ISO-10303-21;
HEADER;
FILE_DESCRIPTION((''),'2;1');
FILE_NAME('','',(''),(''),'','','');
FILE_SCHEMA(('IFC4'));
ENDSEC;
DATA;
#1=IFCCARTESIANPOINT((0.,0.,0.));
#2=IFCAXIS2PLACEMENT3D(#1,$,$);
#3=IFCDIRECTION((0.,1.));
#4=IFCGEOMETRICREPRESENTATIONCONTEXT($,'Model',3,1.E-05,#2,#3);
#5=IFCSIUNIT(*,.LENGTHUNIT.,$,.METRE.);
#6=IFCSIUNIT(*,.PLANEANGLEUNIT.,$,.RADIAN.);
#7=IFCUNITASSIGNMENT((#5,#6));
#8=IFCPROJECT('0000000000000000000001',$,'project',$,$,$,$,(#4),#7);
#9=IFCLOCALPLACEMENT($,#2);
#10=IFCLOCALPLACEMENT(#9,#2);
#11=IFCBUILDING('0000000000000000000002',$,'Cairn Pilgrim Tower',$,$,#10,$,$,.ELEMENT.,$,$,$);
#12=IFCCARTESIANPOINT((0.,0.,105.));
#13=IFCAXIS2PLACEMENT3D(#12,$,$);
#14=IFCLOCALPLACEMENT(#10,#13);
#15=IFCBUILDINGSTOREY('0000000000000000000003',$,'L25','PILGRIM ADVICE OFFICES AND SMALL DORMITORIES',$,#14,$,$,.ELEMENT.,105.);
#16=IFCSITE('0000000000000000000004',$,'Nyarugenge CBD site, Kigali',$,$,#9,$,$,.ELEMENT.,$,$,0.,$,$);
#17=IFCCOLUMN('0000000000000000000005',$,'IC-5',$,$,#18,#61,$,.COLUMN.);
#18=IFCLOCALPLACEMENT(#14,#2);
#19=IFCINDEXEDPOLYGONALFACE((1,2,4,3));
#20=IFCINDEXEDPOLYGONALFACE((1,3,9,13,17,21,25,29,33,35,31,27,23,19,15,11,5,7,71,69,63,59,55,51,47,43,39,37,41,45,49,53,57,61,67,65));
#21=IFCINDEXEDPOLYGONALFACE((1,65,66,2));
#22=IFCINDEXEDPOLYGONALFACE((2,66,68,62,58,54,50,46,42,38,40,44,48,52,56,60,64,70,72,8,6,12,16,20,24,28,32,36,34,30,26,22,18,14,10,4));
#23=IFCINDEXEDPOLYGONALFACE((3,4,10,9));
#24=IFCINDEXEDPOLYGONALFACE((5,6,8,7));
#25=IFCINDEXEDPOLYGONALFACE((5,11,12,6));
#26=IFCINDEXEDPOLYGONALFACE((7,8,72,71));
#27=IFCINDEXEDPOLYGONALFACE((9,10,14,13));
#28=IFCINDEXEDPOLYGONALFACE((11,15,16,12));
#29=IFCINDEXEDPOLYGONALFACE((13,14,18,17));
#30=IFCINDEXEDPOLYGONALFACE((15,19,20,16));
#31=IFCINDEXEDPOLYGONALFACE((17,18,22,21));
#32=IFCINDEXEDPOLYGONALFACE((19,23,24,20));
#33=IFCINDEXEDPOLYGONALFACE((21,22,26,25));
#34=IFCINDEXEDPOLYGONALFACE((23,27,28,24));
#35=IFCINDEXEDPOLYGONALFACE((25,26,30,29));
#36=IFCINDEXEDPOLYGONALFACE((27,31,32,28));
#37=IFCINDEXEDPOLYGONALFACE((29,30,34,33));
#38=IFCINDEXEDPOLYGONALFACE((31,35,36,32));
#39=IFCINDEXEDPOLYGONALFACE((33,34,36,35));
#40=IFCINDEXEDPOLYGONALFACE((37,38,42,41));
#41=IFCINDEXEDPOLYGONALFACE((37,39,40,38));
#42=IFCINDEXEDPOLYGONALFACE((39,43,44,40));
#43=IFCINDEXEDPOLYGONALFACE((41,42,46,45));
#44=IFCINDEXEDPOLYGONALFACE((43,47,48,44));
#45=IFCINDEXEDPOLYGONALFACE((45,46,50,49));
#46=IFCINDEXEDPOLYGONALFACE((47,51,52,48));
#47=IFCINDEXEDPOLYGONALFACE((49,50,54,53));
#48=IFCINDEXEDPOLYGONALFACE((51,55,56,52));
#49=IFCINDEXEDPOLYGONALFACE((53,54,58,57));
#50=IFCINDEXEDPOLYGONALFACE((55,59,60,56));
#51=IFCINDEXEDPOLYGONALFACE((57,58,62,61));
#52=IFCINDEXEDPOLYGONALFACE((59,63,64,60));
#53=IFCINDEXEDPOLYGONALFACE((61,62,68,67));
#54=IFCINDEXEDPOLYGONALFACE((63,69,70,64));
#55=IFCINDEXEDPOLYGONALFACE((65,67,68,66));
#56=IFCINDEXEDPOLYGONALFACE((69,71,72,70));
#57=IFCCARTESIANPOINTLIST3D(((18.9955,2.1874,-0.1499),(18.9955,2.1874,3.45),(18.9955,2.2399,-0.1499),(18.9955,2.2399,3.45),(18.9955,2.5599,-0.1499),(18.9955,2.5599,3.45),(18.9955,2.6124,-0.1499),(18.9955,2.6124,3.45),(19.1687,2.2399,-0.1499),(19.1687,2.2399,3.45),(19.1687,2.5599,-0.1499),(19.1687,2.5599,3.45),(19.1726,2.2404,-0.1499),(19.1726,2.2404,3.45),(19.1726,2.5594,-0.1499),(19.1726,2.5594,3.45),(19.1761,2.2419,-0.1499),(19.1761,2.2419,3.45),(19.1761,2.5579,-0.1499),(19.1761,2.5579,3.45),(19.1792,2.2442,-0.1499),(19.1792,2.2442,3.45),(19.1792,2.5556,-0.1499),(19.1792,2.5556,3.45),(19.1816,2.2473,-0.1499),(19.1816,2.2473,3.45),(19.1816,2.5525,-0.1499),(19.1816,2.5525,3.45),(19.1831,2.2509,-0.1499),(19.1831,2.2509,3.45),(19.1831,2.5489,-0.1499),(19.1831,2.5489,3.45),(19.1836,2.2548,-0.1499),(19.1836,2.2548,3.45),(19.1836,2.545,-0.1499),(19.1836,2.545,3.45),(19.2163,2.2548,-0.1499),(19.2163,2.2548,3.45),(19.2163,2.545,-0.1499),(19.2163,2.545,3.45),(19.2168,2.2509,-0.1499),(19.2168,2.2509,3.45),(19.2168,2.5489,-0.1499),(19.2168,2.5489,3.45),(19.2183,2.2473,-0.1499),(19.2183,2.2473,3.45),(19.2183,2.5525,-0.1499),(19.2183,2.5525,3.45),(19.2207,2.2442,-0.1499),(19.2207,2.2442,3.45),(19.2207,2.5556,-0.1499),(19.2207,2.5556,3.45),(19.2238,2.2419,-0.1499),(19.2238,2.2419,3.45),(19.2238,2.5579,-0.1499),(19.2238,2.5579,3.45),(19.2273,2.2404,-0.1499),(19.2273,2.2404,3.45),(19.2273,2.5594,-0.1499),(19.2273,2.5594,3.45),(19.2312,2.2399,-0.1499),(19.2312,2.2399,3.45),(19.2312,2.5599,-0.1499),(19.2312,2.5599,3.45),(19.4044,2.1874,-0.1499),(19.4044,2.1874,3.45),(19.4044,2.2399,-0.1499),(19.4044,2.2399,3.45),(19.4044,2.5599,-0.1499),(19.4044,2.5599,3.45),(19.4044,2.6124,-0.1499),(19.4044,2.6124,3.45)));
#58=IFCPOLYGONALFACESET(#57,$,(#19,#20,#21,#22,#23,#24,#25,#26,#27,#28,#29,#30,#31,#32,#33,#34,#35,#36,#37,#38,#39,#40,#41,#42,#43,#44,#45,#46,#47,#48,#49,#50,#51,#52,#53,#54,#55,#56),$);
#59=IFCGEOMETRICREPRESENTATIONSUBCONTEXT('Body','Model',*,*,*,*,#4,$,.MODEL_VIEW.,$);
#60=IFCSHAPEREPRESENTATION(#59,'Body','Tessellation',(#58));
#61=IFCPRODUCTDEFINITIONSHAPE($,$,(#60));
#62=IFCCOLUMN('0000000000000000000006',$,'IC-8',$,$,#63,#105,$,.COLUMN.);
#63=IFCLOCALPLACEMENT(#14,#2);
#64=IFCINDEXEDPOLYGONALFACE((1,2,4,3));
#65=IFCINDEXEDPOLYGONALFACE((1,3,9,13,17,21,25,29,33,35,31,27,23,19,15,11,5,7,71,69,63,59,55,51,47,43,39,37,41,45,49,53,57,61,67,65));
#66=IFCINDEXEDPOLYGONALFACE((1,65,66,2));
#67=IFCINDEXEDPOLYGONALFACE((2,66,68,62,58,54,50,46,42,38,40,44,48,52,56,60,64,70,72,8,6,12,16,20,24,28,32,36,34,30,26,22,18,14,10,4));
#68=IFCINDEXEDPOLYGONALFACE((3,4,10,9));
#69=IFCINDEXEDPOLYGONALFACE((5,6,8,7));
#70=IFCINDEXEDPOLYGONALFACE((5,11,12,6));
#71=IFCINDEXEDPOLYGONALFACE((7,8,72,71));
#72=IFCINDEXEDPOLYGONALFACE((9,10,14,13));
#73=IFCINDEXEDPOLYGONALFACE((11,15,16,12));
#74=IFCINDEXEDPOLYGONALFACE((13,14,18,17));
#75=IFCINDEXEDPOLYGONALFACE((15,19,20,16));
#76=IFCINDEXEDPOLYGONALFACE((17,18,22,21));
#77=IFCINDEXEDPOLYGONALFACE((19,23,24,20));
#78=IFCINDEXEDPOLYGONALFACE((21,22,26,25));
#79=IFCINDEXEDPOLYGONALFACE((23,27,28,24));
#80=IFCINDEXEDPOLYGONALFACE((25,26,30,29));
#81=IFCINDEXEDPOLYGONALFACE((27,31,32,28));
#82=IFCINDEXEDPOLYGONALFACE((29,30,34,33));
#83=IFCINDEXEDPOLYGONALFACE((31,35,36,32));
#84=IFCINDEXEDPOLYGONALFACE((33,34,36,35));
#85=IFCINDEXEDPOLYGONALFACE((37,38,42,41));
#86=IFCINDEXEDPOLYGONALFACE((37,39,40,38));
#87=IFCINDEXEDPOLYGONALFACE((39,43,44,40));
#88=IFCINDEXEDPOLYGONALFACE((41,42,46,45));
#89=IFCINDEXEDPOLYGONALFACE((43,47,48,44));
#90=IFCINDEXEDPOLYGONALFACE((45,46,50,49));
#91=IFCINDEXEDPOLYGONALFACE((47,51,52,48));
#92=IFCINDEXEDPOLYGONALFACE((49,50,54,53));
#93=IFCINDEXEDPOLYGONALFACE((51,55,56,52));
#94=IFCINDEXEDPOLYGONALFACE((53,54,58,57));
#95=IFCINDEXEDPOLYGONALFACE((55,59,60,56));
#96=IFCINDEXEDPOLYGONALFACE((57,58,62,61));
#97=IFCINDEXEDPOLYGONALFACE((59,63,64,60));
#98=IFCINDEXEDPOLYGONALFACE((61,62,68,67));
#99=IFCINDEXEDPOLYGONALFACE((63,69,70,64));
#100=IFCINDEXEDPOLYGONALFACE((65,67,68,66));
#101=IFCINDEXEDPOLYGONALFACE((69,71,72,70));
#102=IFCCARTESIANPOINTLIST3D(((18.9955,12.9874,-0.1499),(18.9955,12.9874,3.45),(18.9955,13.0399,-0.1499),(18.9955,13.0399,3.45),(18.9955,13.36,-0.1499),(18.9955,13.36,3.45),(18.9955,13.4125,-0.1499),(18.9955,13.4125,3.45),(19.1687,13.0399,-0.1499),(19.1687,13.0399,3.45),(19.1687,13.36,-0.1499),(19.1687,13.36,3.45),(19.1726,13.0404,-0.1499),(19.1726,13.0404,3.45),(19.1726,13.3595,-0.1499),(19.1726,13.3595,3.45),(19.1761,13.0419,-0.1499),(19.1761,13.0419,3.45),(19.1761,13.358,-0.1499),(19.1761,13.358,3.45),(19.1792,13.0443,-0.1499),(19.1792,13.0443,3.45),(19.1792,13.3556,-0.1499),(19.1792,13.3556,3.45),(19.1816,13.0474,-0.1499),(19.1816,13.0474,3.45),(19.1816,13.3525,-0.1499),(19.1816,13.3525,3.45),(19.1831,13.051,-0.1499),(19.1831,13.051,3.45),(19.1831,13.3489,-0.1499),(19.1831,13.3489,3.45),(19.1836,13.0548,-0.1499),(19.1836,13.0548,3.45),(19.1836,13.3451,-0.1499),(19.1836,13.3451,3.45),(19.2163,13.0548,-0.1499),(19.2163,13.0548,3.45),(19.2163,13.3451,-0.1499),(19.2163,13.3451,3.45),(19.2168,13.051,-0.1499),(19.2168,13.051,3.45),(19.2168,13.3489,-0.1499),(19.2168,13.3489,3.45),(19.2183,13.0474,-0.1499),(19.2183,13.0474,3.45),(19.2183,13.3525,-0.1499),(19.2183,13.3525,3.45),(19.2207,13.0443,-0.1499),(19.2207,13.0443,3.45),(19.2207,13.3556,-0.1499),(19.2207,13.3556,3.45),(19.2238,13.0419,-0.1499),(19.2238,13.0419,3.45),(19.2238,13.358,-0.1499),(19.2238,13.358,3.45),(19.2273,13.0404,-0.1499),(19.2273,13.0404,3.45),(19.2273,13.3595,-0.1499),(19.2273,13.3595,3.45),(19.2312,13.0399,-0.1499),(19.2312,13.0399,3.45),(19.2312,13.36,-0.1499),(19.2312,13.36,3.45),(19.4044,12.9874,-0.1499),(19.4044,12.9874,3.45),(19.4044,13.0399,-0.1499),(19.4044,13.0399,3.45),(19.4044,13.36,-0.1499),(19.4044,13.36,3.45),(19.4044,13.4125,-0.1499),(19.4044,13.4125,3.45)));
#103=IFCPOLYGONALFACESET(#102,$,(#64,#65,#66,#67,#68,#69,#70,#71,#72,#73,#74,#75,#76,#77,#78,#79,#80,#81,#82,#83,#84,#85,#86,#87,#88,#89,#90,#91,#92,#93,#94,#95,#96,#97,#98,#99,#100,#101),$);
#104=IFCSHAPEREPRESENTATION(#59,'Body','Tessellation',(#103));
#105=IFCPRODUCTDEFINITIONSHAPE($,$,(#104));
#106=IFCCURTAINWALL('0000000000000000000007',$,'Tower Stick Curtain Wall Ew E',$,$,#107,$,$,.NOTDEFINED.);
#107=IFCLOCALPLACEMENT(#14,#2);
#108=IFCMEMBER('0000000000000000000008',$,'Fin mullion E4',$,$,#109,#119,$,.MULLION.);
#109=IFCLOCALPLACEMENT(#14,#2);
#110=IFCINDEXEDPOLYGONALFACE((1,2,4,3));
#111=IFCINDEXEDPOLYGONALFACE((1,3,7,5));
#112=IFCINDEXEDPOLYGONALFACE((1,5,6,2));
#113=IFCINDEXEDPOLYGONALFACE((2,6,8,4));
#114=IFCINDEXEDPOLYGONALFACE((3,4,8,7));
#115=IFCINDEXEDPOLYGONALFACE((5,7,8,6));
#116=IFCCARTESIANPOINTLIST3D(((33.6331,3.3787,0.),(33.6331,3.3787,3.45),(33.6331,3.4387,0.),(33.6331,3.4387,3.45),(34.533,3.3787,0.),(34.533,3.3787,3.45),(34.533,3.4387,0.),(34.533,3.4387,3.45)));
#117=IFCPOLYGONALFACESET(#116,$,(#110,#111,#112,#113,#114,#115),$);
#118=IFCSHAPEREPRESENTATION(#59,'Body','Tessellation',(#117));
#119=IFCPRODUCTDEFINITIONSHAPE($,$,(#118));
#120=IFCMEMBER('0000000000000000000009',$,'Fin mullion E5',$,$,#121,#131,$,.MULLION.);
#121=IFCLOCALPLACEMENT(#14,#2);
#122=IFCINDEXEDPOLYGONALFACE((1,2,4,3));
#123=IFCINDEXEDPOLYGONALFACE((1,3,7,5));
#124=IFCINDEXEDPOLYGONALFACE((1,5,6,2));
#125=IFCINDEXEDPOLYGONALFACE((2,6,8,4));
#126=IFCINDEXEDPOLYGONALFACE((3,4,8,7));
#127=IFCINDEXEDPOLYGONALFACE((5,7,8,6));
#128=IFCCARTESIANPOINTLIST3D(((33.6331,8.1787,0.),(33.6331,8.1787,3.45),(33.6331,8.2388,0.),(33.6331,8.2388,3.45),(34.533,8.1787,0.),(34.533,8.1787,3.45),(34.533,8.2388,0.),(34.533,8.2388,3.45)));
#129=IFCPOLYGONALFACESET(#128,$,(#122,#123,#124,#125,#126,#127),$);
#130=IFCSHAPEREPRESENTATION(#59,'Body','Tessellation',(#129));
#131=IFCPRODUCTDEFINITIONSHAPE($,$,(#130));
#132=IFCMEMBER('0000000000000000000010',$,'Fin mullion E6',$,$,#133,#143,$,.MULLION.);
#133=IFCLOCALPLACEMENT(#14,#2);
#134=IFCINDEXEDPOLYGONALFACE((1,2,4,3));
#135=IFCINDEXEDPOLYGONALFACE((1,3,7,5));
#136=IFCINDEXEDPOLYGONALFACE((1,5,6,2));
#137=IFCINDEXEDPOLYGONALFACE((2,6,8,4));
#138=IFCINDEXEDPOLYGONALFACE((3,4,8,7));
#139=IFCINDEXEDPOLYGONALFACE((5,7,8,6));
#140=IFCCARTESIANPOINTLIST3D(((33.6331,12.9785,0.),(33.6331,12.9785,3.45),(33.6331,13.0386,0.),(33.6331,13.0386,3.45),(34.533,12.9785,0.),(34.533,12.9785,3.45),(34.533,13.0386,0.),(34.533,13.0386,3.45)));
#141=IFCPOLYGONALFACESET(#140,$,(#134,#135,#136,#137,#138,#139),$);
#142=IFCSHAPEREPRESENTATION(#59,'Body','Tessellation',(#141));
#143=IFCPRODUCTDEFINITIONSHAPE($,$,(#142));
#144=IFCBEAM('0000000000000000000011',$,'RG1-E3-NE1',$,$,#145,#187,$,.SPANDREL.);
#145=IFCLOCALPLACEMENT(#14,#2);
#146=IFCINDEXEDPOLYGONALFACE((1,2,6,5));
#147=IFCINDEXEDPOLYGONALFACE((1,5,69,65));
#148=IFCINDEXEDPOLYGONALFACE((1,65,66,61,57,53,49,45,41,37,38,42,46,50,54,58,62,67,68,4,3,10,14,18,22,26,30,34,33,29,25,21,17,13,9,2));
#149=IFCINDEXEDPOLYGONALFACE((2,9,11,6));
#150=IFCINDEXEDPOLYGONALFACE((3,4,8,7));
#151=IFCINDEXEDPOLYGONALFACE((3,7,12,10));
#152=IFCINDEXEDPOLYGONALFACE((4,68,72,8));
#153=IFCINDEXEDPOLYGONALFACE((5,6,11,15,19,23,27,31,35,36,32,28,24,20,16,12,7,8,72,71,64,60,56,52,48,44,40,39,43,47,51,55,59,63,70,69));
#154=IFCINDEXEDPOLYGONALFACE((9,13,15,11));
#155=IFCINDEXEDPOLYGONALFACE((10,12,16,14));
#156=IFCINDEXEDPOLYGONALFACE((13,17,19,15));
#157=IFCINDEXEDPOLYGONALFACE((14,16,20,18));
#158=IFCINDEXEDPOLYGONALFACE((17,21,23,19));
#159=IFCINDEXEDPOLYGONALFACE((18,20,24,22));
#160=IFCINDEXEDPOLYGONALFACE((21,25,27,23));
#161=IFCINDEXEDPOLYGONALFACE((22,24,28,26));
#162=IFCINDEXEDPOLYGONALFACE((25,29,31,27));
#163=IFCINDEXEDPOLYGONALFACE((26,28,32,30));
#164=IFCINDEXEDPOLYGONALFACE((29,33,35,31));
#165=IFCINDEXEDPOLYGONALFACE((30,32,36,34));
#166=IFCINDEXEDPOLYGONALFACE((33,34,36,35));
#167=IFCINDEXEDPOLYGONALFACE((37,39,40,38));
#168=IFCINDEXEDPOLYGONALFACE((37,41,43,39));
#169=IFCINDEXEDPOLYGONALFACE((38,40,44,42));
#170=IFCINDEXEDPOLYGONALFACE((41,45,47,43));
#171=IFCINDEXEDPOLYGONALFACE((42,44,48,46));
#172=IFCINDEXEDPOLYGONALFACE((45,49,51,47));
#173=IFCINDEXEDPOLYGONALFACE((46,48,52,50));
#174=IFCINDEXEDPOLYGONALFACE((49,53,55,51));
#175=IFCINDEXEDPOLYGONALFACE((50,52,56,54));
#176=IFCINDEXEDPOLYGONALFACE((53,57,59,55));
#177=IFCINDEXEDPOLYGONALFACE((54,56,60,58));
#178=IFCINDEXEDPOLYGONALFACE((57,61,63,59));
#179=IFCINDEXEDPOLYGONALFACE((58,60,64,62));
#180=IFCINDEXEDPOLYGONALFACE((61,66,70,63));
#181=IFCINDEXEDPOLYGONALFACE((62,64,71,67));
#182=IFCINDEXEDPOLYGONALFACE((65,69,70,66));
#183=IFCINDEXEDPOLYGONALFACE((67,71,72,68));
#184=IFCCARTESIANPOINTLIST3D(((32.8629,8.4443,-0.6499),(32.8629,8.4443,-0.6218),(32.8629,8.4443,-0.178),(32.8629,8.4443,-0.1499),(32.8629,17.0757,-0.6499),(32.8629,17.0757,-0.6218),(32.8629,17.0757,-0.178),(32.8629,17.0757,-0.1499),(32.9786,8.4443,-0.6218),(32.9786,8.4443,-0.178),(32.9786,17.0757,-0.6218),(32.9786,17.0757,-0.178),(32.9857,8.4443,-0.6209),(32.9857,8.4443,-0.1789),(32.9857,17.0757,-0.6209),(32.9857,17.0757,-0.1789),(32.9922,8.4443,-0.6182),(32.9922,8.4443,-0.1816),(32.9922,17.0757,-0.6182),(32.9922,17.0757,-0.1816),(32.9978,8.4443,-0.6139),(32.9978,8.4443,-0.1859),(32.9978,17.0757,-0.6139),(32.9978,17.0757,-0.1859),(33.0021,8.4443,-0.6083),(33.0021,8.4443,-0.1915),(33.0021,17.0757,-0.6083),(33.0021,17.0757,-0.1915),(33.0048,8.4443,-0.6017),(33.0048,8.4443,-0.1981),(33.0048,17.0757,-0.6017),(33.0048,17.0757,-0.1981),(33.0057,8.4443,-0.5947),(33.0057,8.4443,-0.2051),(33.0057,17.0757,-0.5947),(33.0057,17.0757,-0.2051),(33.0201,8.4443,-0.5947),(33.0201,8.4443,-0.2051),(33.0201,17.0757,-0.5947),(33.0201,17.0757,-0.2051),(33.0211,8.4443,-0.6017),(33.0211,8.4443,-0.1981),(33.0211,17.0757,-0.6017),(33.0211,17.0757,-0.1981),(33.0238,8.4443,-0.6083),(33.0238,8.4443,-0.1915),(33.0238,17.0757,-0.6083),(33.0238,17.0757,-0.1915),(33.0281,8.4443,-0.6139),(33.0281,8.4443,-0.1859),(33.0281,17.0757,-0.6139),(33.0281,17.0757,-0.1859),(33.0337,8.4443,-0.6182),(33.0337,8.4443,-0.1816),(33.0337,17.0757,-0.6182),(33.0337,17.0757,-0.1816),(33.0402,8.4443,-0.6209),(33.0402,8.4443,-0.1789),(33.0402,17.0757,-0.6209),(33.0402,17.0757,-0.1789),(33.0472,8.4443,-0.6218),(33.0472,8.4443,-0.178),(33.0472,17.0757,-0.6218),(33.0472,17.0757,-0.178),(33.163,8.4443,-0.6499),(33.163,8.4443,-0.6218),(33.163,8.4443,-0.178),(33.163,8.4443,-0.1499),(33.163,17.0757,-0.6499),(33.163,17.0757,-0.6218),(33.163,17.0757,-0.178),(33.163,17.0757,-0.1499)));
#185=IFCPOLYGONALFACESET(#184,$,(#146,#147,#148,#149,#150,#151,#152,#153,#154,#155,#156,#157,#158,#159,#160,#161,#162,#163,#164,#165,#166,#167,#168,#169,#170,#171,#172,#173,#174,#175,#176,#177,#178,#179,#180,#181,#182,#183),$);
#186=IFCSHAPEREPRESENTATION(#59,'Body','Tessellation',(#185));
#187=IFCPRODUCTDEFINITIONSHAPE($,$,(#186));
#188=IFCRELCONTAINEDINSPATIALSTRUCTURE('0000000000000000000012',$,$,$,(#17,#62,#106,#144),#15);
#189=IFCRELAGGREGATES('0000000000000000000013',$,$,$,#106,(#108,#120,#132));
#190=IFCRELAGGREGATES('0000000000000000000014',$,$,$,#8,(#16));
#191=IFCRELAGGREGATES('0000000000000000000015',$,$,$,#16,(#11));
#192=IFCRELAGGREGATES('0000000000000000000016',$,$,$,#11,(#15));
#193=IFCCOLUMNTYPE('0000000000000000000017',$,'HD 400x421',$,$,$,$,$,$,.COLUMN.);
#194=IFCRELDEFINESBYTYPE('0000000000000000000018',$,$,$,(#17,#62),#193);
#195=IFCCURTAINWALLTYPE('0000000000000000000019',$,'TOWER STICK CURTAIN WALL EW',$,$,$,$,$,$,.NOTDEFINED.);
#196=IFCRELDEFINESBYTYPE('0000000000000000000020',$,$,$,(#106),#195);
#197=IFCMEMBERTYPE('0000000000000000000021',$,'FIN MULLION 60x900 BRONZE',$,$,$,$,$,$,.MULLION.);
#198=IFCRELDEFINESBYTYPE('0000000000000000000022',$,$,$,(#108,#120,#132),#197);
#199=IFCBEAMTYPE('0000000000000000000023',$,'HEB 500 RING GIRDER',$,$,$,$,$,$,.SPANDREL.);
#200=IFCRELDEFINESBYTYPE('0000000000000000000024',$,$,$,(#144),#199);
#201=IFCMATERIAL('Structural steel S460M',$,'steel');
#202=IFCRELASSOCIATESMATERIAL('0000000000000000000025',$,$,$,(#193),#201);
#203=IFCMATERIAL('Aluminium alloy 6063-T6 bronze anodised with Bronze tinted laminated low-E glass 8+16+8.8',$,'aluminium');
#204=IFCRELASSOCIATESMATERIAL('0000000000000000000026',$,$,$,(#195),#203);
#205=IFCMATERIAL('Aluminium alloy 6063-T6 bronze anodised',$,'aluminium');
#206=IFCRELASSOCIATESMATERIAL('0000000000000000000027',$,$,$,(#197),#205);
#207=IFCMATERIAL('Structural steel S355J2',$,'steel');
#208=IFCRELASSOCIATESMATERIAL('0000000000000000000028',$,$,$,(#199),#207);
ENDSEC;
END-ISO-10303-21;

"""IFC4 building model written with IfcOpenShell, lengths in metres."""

from ifc_helpers import new_model, si_unit, direction, frame, origin, origin_2d, place, context, subcontext, project, spatial, rectangle, i_section, extrude, material, material_profile, profile_set, type_object, element, aggregate, save


model = new_model("IFC4")

# Units and contexts
model_context = context("Model", 3, precision=1e-05, world=origin(), true_north=direction((0.0, 1.0)))
body_context = subcontext(model_context, "Body", "Model", "MODEL_VIEW")
ifc_project = project(units=[si_unit("LENGTHUNIT", "METRE"), si_unit("PLANEANGLEUNIT", "RADIAN")], contexts=[model_context])

# Site, building, storey
site_placement = place(None, origin())
site = spatial("IfcSite", under=ifc_project, at=site_placement, Name="Nyarugenge CBD site, Kigali", CompositionType="ELEMENT", RefElevation=0.0)
building_placement = place(site_placement, origin())
building = spatial("IfcBuilding", under=site, at=building_placement, Name="Cairn Pilgrim Tower", CompositionType="ELEMENT")
storey_placement = place(building_placement, frame((0.0, 0.0, 105.0)))
storey = spatial("IfcBuildingStorey", under=building, at=storey_placement, Name="L25", Description="PILGRIM ADVICE OFFICES AND SMALL DORMITORIES", CompositionType="ELEMENT", Elevation=105.0)

# Columns
ifc_material_1 = material(Name="Structural steel S460M", Category="steel")
ifc_material_profile_1 = material_profile(ifc_material_1, i_section(OverallWidth=0.4089, OverallDepth=0.425, WebThickness=0.0327, FlangeThickness=0.0525, FilletRadius=0.0149, at=origin_2d()), Name="HD 400x421")
ifc_profile_set_1 = profile_set([ifc_material_profile_1], Name="Structural steel S460M")
column_type_1 = type_object("IfcColumnType", Name="HD 400x421", PredefinedType="COLUMN", material=ifc_profile_set_1)
for number, where, z_axis, x_axis, name in (
    (1, (19.2, 2.3999, -0.1499), (0.0, 0.0, 1.0), (1.0, 0.0, 0.0), "IC-5"),
    (2, (19.2, 13.2, -0.1499), (0.0, 0.0, 1.0), (1.0, 0.0, 0.0), "IC-8"),
):
    element("IfcColumn", number, at=place(storey_placement, frame(where, z_axis=z_axis, x_axis=x_axis)), inside=storey, type_object=column_type_1, Name=name, PredefinedType="COLUMN", context=body_context, shape_type="SweptSolid", body=[
        extrude(i_section(OverallWidth=0.4089, OverallDepth=0.425, WebThickness=0.0327, FlangeThickness=0.0525, FilletRadius=0.0149, at=origin_2d()), origin(), (0.0, 0.0, 1.0), 3.5999),
    ])

# Curtain wall, members
ifc_material_2 = material(Name="Aluminium alloy 6063-T6 bronze anodised with Bronze tinted laminated low-E glass 8+16+8.8", Category="aluminium")
curtain_wall_type = type_object("IfcCurtainWallType", Name="TOWER STICK CURTAIN WALL EW", PredefinedType="NOTDEFINED", material=ifc_material_2)
curtain_wall_placement = place(storey_placement, origin())
curtain_wall = element("IfcCurtainWall", 3, at=curtain_wall_placement, inside=storey, type_object=curtain_wall_type, Name="Tower Stick Curtain Wall Ew E", PredefinedType="NOTDEFINED")
ifc_material_3 = material(Name="Aluminium alloy 6063-T6 bronze anodised", Category="aluminium")
ifc_material_profile_2 = material_profile(ifc_material_3, rectangle(XDim=0.8999, YDim=0.0601, at=origin_2d()), Name="FIN MULLION 60x900 BRONZE")
ifc_profile_set_2 = profile_set([ifc_material_profile_2], Name="Aluminium alloy 6063-T6 bronze anodised")
member_type_1 = type_object("IfcMemberType", Name="FIN MULLION 60x900 BRONZE", PredefinedType="MULLION", material=ifc_profile_set_2)
member_1_placement = place(storey_placement, frame((34.083, 3.4087, 0.0), z_axis=(0.0, 0.0, 1.0), x_axis=(1.0, 0.0, 0.0)))
member_1 = element("IfcMember", 4, at=member_1_placement, type_object=member_type_1, Name="Fin mullion E4", PredefinedType="MULLION", context=body_context, shape_type="SweptSolid", body=[
    extrude(rectangle(XDim=0.8999, YDim=0.0601, at=origin_2d()), origin(), (0.0, 0.0, 1.0), 3.45),
])
member_2_placement = place(storey_placement, frame((34.083, 8.2087, 0.0), z_axis=(0.0, 0.0, 1.0), x_axis=(1.0, 0.0, 0.0)))
member_2 = element("IfcMember", 5, at=member_2_placement, type_object=member_type_1, Name="Fin mullion E5", PredefinedType="MULLION", context=body_context, shape_type="SweptSolid", body=[
    extrude(rectangle(XDim=0.8999, YDim=0.0601, at=origin_2d()), origin(), (0.0, 0.0, 1.0), 3.45),
])
member_3_placement = place(storey_placement, frame((34.083, 13.0085, 0.0), z_axis=(0.0, 0.0, 1.0), x_axis=(1.0, 0.0, 0.0)))
member_3 = element("IfcMember", 6, at=member_3_placement, type_object=member_type_1, Name="Fin mullion E6", PredefinedType="MULLION", context=body_context, shape_type="SweptSolid", body=[
    extrude(rectangle(XDim=0.8999, YDim=0.0601, at=origin_2d()), origin(), (0.0, 0.0, 1.0), 3.45),
])

# Beam
ifc_material_4 = material(Name="Structural steel S355J2", Category="steel")
ifc_material_profile_3 = material_profile(ifc_material_4, i_section(OverallWidth=0.3, OverallDepth=0.5, WebThickness=0.0144, FlangeThickness=0.0281, FilletRadius=0.0271, at=origin_2d()), Name="HEB 500")
ifc_profile_set_3 = profile_set([ifc_material_profile_3], Name="Structural steel S355J2")
beam_type_1 = type_object("IfcBeamType", Name="HEB 500 RING GIRDER", PredefinedType="SPANDREL", material=ifc_profile_set_3)
beam_1_placement = place(storey_placement, frame((33.0129, 8.4443, -0.3999), z_axis=(0.0, 1.0, 0.0), x_axis=(-1.0, 0.0, 0.0)))
element("IfcBeam", 7, at=beam_1_placement, inside=storey, type_object=beam_type_1, Name="RG1-E3-NE1", PredefinedType="SPANDREL", context=body_context, shape_type="SweptSolid", body=[
    extrude(i_section(OverallWidth=0.3, OverallDepth=0.5, WebThickness=0.0144, FlangeThickness=0.0281, FilletRadius=0.0271, at=origin_2d()), origin(), (0.0, 0.0, 1.0), 8.6313),
])

aggregate(curtain_wall, [member_1, member_2, member_3])

save(model, "model.ifc")
